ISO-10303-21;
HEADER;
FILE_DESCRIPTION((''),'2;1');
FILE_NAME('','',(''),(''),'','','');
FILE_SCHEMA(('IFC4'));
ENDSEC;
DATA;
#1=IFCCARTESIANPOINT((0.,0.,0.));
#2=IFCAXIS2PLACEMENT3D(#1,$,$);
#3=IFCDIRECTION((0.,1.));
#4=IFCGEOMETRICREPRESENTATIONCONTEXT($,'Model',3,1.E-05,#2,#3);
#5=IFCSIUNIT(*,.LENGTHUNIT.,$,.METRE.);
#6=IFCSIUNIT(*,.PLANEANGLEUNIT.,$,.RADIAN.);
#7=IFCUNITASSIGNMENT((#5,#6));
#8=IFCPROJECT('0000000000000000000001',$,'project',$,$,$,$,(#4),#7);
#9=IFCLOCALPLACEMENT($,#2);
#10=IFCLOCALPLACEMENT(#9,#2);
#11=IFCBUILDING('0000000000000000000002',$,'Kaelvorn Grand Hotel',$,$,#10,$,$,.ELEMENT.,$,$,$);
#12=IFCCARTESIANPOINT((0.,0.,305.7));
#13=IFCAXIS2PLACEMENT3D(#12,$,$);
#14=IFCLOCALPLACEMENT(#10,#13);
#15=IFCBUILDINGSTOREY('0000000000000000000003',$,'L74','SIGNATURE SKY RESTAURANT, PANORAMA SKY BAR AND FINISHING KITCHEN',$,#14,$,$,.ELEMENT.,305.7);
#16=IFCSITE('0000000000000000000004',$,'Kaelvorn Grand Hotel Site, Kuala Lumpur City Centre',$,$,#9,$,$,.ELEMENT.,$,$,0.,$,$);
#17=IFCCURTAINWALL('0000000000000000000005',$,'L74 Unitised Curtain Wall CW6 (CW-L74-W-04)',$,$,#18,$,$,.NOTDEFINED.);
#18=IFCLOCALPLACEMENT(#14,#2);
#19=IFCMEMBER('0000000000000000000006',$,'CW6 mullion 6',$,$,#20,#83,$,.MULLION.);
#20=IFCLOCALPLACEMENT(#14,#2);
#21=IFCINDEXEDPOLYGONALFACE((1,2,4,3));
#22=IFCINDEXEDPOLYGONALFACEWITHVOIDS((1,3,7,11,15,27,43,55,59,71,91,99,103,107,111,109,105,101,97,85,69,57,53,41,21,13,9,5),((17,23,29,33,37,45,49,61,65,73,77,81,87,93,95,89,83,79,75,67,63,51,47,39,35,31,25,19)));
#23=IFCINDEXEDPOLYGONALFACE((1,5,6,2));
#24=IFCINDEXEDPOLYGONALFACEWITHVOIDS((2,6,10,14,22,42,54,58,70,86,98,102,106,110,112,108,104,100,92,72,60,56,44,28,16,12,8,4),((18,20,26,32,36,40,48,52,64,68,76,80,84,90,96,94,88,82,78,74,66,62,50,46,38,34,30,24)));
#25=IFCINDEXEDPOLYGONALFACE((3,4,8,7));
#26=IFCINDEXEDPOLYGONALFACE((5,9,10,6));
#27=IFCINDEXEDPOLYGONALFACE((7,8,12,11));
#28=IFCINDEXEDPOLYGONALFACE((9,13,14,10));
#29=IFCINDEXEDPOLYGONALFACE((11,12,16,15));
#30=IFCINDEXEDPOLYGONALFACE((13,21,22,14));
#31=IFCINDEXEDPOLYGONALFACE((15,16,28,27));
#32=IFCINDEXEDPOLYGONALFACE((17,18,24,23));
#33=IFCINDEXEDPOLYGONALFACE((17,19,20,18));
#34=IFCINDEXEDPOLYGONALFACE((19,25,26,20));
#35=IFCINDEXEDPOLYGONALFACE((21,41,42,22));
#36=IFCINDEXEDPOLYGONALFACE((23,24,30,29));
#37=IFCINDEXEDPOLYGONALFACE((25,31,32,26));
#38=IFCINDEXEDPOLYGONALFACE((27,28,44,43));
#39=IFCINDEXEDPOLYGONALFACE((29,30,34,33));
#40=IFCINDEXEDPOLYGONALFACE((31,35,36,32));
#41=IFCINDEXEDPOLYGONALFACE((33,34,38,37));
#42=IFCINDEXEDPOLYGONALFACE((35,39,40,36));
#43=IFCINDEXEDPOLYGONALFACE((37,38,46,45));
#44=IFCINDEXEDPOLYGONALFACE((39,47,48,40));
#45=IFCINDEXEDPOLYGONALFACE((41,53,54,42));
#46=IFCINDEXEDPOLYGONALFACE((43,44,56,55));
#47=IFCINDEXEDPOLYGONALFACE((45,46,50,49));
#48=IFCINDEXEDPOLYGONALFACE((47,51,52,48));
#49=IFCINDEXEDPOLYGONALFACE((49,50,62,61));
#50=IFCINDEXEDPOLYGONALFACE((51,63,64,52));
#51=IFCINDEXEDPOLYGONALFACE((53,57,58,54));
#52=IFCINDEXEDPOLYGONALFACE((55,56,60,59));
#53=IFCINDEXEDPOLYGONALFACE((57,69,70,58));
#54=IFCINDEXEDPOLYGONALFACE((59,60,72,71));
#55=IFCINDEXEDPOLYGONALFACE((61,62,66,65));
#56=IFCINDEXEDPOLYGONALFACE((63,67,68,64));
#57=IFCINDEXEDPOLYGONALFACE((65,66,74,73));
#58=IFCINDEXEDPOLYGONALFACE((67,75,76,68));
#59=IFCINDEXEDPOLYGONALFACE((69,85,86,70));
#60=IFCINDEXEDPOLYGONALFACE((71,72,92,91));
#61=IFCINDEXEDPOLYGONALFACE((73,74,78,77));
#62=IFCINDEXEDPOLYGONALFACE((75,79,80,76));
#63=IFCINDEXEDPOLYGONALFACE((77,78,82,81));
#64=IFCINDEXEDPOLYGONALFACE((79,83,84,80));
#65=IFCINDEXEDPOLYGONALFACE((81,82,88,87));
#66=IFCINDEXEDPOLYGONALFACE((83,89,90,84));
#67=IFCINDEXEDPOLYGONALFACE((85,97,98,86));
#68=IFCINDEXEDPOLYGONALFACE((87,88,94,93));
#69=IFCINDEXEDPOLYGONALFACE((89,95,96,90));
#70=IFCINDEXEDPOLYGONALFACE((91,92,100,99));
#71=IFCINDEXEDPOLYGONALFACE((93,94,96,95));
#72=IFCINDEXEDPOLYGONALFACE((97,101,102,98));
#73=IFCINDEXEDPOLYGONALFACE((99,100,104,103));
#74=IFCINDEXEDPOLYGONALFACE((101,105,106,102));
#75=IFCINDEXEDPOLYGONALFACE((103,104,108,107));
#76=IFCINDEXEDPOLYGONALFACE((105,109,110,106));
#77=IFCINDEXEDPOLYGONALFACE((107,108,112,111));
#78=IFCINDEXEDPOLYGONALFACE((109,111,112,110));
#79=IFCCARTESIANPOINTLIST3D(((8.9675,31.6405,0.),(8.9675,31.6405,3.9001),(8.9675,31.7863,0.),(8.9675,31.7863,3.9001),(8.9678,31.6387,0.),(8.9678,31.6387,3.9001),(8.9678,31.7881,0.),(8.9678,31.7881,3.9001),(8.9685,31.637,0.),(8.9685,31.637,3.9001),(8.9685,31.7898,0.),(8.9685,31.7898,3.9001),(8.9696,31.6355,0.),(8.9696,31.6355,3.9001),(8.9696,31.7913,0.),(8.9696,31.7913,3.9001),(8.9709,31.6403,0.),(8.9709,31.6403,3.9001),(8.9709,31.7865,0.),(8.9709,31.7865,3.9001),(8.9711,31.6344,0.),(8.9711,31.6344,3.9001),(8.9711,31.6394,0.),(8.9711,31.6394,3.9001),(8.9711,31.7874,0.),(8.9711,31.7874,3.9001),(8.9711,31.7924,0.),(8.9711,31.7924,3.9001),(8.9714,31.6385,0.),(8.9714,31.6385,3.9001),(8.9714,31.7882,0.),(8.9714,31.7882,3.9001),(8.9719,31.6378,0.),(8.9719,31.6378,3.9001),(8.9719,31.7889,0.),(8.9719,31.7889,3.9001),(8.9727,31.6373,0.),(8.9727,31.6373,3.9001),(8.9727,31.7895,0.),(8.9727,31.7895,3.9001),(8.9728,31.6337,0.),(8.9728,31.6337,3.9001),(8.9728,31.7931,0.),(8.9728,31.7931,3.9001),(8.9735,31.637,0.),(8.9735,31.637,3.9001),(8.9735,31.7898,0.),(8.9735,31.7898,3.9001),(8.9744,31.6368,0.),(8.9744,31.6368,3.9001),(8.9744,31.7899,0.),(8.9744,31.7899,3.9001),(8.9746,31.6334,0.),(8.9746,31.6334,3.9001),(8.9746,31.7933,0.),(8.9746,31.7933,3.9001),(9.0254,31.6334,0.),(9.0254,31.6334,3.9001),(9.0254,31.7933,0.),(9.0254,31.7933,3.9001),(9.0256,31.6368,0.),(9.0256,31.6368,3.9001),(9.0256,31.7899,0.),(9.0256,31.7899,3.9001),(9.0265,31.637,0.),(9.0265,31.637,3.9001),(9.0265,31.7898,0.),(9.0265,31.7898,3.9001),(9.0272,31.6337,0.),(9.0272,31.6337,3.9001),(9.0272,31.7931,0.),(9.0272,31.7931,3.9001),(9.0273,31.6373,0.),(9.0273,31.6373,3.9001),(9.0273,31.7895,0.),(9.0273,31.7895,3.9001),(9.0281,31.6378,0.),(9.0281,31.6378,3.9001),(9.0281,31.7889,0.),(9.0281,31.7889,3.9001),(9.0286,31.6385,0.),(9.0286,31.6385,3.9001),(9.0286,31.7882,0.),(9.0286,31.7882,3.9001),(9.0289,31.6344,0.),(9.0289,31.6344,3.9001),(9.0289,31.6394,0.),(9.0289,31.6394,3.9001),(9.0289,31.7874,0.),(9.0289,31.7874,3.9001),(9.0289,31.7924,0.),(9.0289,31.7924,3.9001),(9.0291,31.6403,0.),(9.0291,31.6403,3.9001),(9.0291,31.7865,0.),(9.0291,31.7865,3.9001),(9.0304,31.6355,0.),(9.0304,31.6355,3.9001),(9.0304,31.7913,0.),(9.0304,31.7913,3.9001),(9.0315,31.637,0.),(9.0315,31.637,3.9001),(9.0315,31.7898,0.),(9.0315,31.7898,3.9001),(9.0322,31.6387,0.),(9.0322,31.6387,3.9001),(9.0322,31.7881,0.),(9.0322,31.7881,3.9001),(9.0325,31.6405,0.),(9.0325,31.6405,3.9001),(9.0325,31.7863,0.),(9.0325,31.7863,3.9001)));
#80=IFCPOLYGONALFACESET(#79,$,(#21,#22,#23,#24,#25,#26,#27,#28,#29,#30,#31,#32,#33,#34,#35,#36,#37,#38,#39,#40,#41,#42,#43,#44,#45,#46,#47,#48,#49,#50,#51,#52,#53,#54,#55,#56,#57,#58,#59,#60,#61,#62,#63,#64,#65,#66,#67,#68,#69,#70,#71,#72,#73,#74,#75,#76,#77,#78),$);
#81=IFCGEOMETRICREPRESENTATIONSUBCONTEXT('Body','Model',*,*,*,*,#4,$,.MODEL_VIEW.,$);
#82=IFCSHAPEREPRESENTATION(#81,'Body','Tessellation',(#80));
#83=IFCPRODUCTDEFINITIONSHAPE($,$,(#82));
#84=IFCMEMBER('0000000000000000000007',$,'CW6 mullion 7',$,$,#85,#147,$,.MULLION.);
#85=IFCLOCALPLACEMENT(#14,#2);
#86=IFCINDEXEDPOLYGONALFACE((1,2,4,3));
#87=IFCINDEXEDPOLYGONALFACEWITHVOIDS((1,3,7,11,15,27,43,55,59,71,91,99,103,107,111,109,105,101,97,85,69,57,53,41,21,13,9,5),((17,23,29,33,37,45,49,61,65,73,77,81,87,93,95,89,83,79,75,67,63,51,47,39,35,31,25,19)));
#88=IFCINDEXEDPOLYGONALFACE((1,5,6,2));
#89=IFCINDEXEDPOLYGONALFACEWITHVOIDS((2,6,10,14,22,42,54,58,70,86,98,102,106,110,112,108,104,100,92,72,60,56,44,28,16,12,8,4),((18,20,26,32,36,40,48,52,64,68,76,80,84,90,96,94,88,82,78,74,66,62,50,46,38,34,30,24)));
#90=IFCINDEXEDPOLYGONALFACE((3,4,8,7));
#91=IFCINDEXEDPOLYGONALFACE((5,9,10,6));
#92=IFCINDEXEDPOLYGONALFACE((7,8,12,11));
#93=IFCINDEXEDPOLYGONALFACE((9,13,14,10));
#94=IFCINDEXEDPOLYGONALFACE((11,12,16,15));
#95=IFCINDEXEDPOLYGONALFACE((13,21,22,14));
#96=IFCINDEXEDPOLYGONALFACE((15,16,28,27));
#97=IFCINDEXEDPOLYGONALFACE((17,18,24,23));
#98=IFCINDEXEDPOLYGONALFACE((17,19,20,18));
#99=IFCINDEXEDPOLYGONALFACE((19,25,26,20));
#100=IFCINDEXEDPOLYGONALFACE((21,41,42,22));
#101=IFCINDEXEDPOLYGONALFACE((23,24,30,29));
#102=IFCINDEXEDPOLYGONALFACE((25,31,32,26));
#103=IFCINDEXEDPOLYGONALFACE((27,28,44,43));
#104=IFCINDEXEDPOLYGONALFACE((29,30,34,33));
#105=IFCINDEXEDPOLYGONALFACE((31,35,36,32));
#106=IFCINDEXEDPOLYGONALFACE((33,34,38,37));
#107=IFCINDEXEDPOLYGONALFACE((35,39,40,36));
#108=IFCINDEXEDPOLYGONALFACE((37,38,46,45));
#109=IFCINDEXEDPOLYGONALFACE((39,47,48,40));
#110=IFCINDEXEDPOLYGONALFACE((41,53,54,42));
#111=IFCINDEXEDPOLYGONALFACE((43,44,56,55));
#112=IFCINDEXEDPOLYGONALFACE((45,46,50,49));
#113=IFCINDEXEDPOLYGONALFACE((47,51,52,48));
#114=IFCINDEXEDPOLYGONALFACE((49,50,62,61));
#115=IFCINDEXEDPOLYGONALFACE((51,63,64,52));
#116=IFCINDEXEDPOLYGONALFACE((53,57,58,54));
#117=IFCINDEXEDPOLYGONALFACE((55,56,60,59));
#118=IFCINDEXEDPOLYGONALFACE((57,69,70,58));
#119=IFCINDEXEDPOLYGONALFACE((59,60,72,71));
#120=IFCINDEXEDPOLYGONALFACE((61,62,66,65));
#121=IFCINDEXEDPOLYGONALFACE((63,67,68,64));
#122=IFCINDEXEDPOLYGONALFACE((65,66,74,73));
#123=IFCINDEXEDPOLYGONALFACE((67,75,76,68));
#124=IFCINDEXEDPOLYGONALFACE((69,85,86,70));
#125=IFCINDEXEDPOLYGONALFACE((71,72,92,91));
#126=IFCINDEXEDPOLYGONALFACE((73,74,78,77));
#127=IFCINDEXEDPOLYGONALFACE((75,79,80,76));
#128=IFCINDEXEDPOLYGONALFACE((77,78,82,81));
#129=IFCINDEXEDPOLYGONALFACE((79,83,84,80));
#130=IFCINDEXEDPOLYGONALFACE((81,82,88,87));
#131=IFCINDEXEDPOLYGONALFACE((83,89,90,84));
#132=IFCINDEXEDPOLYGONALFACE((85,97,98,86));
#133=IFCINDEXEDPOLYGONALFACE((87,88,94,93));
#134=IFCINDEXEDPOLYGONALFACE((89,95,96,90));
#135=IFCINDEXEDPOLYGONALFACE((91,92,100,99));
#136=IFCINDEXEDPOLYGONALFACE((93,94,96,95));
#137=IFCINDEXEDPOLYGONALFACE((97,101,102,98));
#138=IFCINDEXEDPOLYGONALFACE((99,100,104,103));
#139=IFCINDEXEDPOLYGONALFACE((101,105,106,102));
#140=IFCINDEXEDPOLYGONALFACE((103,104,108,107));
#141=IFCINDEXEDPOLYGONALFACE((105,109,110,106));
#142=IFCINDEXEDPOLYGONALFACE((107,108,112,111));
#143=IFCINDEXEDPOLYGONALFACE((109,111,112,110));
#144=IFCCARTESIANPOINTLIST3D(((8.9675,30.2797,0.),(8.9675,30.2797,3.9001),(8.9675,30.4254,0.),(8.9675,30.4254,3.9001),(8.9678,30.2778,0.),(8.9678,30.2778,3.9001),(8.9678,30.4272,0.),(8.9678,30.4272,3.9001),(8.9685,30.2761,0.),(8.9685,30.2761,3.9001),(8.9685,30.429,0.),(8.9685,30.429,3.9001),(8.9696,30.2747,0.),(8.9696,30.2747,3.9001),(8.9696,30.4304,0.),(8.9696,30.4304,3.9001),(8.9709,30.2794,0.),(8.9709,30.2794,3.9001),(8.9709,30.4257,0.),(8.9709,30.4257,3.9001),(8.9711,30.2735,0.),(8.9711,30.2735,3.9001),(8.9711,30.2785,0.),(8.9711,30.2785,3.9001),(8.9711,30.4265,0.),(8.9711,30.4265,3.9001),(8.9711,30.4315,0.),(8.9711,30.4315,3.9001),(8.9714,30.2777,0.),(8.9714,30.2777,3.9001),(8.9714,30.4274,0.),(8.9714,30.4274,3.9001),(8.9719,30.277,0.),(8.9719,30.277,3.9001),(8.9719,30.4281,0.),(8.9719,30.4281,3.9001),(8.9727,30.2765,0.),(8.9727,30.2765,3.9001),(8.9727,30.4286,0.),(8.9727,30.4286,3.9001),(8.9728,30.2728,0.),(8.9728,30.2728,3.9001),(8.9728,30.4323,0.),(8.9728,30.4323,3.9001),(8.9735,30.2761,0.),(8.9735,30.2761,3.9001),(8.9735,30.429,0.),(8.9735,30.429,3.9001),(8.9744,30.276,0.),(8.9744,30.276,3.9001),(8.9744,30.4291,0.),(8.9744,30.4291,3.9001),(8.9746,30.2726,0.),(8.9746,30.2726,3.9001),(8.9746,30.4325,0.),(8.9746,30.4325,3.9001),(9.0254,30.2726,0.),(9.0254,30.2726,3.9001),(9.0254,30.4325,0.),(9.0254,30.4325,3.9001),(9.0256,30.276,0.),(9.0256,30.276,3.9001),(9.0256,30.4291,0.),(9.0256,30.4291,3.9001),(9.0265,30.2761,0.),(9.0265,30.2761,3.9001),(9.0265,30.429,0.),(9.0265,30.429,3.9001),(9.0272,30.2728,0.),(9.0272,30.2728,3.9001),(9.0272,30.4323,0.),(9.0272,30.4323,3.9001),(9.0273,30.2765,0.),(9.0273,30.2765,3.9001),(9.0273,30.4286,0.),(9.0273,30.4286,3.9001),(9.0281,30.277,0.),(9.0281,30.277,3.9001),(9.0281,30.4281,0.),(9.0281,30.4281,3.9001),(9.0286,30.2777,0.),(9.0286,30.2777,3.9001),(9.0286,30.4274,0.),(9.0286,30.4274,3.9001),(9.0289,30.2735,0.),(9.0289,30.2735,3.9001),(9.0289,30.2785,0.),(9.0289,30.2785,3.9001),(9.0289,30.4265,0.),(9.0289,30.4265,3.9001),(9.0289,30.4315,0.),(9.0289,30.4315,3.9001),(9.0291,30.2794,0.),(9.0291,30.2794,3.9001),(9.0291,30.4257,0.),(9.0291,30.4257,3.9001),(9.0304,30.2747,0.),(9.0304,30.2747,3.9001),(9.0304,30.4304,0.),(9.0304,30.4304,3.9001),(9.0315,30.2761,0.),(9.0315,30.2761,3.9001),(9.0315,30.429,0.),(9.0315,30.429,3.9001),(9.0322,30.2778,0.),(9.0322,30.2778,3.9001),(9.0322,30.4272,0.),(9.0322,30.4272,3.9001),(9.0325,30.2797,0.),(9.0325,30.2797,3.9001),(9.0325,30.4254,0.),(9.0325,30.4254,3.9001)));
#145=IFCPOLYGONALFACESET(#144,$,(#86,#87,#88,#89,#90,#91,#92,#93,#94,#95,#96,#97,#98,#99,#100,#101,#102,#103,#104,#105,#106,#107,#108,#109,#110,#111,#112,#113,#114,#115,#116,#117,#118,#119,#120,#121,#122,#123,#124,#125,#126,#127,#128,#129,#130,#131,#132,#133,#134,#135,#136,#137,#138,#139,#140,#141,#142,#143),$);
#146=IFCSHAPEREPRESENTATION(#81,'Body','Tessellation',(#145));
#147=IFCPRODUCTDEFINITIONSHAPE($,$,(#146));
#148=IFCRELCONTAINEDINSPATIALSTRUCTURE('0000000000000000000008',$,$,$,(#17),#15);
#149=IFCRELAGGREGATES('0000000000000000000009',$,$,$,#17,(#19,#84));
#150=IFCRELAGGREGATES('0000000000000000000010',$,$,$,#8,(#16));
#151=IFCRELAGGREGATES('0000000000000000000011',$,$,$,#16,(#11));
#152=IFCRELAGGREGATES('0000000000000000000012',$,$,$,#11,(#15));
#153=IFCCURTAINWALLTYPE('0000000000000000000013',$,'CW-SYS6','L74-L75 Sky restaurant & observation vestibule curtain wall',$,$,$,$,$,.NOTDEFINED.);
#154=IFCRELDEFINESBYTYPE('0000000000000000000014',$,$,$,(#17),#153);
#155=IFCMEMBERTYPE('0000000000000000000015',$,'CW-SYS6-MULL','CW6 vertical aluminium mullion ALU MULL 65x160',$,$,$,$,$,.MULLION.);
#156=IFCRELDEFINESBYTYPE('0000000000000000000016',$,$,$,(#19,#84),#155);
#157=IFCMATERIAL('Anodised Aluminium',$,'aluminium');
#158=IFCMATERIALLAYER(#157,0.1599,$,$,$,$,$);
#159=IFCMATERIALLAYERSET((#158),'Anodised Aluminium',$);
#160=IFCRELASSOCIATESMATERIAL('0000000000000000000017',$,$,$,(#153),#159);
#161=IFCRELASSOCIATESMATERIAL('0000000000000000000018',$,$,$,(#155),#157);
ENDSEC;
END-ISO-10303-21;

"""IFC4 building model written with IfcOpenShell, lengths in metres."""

from ifc_helpers import new_model, si_unit, direction, frame, origin, origin_2d, place, context, subcontext, project, spatial, hollow_rectangle, extrude, material, layer, layer_set, material_profile, profile_set, type_object, element, aggregate, save


model = new_model("IFC4")

# Units and contexts
model_context = context("Model", 3, precision=1e-05, world=origin(), true_north=direction((0.0, 1.0)))
body_context = subcontext(model_context, "Body", "Model", "MODEL_VIEW")
ifc_project = project(units=[si_unit("LENGTHUNIT", "METRE"), si_unit("PLANEANGLEUNIT", "RADIAN")], contexts=[model_context])

# Site, building, storey
site_placement = place(None, origin())
site = spatial("IfcSite", under=ifc_project, at=site_placement, Name="Kaelvorn Grand Hotel Site, Kuala Lumpur City Centre", CompositionType="ELEMENT", RefElevation=0.0)
building_placement = place(site_placement, origin())
building = spatial("IfcBuilding", under=site, at=building_placement, Name="Kaelvorn Grand Hotel", CompositionType="ELEMENT")
storey_placement = place(building_placement, frame((0.0, 0.0, 305.7)))
storey = spatial("IfcBuildingStorey", under=building, at=storey_placement, Name="L74", Description="SIGNATURE SKY RESTAURANT, PANORAMA SKY BAR AND FINISHING KITCHEN", CompositionType="ELEMENT", Elevation=305.7)

# Curtain wall, members
ifc_material_1 = material(Name="Anodised Aluminium", Category="aluminium")
ifc_layer_1 = layer(ifc_material_1, 0.1599)
ifc_layer_set_1 = layer_set([ifc_layer_1], Name="Anodised Aluminium")
curtain_wall_type = type_object("IfcCurtainWallType", Name="CW-SYS6", Description="L74-L75 Sky restaurant & observation vestibule curtain wall", PredefinedType="NOTDEFINED", material=ifc_layer_set_1)
curtain_wall_placement = place(storey_placement, origin())
curtain_wall = element("IfcCurtainWall", 1, at=curtain_wall_placement, inside=storey, type_object=curtain_wall_type, Name="L74 Unitised Curtain Wall CW6 (CW-L74-W-04)", PredefinedType="NOTDEFINED")
ifc_material_profile_1 = material_profile(ifc_material_1, hollow_rectangle(XDim=0.0649, YDim=0.1599, WallThickness=0.0034, InnerFilletRadius=0.0034, OuterFilletRadius=0.0071, at=origin_2d()), Name="ALU MULL 65x160")
ifc_profile_set_1 = profile_set([ifc_material_profile_1], Name="Anodised Aluminium")
member_type_1 = type_object("IfcMemberType", Name="CW-SYS6-MULL", Description="CW6 vertical aluminium mullion ALU MULL 65x160", PredefinedType="MULLION", material=ifc_profile_set_1)
member_1_placement = place(storey_placement, frame((9.0, 31.7134, 0.0), z_axis=(0.0, 0.0, 1.0), x_axis=(1.0, 0.0, 0.0)))
member_1 = element("IfcMember", 2, at=member_1_placement, type_object=member_type_1, Name="CW6 mullion 6", PredefinedType="MULLION", context=body_context, shape_type="SweptSolid", body=[
    extrude(hollow_rectangle(XDim=0.0649, YDim=0.1599, WallThickness=0.0034, InnerFilletRadius=0.0034, OuterFilletRadius=0.0071, at=origin_2d()), origin(), (0.0, 0.0, 1.0), 3.9001),
])
member_2_placement = place(storey_placement, frame((9.0, 30.3525, 0.0), z_axis=(0.0, 0.0, 1.0), x_axis=(1.0, 0.0, 0.0)))
member_2 = element("IfcMember", 3, at=member_2_placement, type_object=member_type_1, Name="CW6 mullion 7", PredefinedType="MULLION", context=body_context, shape_type="SweptSolid", body=[
    extrude(hollow_rectangle(XDim=0.0649, YDim=0.1599, WallThickness=0.0034, InnerFilletRadius=0.0034, OuterFilletRadius=0.0071, at=origin_2d()), origin(), (0.0, 0.0, 1.0), 3.9001),
])
aggregate(curtain_wall, [member_1, member_2])

save(model, "model.ifc")
